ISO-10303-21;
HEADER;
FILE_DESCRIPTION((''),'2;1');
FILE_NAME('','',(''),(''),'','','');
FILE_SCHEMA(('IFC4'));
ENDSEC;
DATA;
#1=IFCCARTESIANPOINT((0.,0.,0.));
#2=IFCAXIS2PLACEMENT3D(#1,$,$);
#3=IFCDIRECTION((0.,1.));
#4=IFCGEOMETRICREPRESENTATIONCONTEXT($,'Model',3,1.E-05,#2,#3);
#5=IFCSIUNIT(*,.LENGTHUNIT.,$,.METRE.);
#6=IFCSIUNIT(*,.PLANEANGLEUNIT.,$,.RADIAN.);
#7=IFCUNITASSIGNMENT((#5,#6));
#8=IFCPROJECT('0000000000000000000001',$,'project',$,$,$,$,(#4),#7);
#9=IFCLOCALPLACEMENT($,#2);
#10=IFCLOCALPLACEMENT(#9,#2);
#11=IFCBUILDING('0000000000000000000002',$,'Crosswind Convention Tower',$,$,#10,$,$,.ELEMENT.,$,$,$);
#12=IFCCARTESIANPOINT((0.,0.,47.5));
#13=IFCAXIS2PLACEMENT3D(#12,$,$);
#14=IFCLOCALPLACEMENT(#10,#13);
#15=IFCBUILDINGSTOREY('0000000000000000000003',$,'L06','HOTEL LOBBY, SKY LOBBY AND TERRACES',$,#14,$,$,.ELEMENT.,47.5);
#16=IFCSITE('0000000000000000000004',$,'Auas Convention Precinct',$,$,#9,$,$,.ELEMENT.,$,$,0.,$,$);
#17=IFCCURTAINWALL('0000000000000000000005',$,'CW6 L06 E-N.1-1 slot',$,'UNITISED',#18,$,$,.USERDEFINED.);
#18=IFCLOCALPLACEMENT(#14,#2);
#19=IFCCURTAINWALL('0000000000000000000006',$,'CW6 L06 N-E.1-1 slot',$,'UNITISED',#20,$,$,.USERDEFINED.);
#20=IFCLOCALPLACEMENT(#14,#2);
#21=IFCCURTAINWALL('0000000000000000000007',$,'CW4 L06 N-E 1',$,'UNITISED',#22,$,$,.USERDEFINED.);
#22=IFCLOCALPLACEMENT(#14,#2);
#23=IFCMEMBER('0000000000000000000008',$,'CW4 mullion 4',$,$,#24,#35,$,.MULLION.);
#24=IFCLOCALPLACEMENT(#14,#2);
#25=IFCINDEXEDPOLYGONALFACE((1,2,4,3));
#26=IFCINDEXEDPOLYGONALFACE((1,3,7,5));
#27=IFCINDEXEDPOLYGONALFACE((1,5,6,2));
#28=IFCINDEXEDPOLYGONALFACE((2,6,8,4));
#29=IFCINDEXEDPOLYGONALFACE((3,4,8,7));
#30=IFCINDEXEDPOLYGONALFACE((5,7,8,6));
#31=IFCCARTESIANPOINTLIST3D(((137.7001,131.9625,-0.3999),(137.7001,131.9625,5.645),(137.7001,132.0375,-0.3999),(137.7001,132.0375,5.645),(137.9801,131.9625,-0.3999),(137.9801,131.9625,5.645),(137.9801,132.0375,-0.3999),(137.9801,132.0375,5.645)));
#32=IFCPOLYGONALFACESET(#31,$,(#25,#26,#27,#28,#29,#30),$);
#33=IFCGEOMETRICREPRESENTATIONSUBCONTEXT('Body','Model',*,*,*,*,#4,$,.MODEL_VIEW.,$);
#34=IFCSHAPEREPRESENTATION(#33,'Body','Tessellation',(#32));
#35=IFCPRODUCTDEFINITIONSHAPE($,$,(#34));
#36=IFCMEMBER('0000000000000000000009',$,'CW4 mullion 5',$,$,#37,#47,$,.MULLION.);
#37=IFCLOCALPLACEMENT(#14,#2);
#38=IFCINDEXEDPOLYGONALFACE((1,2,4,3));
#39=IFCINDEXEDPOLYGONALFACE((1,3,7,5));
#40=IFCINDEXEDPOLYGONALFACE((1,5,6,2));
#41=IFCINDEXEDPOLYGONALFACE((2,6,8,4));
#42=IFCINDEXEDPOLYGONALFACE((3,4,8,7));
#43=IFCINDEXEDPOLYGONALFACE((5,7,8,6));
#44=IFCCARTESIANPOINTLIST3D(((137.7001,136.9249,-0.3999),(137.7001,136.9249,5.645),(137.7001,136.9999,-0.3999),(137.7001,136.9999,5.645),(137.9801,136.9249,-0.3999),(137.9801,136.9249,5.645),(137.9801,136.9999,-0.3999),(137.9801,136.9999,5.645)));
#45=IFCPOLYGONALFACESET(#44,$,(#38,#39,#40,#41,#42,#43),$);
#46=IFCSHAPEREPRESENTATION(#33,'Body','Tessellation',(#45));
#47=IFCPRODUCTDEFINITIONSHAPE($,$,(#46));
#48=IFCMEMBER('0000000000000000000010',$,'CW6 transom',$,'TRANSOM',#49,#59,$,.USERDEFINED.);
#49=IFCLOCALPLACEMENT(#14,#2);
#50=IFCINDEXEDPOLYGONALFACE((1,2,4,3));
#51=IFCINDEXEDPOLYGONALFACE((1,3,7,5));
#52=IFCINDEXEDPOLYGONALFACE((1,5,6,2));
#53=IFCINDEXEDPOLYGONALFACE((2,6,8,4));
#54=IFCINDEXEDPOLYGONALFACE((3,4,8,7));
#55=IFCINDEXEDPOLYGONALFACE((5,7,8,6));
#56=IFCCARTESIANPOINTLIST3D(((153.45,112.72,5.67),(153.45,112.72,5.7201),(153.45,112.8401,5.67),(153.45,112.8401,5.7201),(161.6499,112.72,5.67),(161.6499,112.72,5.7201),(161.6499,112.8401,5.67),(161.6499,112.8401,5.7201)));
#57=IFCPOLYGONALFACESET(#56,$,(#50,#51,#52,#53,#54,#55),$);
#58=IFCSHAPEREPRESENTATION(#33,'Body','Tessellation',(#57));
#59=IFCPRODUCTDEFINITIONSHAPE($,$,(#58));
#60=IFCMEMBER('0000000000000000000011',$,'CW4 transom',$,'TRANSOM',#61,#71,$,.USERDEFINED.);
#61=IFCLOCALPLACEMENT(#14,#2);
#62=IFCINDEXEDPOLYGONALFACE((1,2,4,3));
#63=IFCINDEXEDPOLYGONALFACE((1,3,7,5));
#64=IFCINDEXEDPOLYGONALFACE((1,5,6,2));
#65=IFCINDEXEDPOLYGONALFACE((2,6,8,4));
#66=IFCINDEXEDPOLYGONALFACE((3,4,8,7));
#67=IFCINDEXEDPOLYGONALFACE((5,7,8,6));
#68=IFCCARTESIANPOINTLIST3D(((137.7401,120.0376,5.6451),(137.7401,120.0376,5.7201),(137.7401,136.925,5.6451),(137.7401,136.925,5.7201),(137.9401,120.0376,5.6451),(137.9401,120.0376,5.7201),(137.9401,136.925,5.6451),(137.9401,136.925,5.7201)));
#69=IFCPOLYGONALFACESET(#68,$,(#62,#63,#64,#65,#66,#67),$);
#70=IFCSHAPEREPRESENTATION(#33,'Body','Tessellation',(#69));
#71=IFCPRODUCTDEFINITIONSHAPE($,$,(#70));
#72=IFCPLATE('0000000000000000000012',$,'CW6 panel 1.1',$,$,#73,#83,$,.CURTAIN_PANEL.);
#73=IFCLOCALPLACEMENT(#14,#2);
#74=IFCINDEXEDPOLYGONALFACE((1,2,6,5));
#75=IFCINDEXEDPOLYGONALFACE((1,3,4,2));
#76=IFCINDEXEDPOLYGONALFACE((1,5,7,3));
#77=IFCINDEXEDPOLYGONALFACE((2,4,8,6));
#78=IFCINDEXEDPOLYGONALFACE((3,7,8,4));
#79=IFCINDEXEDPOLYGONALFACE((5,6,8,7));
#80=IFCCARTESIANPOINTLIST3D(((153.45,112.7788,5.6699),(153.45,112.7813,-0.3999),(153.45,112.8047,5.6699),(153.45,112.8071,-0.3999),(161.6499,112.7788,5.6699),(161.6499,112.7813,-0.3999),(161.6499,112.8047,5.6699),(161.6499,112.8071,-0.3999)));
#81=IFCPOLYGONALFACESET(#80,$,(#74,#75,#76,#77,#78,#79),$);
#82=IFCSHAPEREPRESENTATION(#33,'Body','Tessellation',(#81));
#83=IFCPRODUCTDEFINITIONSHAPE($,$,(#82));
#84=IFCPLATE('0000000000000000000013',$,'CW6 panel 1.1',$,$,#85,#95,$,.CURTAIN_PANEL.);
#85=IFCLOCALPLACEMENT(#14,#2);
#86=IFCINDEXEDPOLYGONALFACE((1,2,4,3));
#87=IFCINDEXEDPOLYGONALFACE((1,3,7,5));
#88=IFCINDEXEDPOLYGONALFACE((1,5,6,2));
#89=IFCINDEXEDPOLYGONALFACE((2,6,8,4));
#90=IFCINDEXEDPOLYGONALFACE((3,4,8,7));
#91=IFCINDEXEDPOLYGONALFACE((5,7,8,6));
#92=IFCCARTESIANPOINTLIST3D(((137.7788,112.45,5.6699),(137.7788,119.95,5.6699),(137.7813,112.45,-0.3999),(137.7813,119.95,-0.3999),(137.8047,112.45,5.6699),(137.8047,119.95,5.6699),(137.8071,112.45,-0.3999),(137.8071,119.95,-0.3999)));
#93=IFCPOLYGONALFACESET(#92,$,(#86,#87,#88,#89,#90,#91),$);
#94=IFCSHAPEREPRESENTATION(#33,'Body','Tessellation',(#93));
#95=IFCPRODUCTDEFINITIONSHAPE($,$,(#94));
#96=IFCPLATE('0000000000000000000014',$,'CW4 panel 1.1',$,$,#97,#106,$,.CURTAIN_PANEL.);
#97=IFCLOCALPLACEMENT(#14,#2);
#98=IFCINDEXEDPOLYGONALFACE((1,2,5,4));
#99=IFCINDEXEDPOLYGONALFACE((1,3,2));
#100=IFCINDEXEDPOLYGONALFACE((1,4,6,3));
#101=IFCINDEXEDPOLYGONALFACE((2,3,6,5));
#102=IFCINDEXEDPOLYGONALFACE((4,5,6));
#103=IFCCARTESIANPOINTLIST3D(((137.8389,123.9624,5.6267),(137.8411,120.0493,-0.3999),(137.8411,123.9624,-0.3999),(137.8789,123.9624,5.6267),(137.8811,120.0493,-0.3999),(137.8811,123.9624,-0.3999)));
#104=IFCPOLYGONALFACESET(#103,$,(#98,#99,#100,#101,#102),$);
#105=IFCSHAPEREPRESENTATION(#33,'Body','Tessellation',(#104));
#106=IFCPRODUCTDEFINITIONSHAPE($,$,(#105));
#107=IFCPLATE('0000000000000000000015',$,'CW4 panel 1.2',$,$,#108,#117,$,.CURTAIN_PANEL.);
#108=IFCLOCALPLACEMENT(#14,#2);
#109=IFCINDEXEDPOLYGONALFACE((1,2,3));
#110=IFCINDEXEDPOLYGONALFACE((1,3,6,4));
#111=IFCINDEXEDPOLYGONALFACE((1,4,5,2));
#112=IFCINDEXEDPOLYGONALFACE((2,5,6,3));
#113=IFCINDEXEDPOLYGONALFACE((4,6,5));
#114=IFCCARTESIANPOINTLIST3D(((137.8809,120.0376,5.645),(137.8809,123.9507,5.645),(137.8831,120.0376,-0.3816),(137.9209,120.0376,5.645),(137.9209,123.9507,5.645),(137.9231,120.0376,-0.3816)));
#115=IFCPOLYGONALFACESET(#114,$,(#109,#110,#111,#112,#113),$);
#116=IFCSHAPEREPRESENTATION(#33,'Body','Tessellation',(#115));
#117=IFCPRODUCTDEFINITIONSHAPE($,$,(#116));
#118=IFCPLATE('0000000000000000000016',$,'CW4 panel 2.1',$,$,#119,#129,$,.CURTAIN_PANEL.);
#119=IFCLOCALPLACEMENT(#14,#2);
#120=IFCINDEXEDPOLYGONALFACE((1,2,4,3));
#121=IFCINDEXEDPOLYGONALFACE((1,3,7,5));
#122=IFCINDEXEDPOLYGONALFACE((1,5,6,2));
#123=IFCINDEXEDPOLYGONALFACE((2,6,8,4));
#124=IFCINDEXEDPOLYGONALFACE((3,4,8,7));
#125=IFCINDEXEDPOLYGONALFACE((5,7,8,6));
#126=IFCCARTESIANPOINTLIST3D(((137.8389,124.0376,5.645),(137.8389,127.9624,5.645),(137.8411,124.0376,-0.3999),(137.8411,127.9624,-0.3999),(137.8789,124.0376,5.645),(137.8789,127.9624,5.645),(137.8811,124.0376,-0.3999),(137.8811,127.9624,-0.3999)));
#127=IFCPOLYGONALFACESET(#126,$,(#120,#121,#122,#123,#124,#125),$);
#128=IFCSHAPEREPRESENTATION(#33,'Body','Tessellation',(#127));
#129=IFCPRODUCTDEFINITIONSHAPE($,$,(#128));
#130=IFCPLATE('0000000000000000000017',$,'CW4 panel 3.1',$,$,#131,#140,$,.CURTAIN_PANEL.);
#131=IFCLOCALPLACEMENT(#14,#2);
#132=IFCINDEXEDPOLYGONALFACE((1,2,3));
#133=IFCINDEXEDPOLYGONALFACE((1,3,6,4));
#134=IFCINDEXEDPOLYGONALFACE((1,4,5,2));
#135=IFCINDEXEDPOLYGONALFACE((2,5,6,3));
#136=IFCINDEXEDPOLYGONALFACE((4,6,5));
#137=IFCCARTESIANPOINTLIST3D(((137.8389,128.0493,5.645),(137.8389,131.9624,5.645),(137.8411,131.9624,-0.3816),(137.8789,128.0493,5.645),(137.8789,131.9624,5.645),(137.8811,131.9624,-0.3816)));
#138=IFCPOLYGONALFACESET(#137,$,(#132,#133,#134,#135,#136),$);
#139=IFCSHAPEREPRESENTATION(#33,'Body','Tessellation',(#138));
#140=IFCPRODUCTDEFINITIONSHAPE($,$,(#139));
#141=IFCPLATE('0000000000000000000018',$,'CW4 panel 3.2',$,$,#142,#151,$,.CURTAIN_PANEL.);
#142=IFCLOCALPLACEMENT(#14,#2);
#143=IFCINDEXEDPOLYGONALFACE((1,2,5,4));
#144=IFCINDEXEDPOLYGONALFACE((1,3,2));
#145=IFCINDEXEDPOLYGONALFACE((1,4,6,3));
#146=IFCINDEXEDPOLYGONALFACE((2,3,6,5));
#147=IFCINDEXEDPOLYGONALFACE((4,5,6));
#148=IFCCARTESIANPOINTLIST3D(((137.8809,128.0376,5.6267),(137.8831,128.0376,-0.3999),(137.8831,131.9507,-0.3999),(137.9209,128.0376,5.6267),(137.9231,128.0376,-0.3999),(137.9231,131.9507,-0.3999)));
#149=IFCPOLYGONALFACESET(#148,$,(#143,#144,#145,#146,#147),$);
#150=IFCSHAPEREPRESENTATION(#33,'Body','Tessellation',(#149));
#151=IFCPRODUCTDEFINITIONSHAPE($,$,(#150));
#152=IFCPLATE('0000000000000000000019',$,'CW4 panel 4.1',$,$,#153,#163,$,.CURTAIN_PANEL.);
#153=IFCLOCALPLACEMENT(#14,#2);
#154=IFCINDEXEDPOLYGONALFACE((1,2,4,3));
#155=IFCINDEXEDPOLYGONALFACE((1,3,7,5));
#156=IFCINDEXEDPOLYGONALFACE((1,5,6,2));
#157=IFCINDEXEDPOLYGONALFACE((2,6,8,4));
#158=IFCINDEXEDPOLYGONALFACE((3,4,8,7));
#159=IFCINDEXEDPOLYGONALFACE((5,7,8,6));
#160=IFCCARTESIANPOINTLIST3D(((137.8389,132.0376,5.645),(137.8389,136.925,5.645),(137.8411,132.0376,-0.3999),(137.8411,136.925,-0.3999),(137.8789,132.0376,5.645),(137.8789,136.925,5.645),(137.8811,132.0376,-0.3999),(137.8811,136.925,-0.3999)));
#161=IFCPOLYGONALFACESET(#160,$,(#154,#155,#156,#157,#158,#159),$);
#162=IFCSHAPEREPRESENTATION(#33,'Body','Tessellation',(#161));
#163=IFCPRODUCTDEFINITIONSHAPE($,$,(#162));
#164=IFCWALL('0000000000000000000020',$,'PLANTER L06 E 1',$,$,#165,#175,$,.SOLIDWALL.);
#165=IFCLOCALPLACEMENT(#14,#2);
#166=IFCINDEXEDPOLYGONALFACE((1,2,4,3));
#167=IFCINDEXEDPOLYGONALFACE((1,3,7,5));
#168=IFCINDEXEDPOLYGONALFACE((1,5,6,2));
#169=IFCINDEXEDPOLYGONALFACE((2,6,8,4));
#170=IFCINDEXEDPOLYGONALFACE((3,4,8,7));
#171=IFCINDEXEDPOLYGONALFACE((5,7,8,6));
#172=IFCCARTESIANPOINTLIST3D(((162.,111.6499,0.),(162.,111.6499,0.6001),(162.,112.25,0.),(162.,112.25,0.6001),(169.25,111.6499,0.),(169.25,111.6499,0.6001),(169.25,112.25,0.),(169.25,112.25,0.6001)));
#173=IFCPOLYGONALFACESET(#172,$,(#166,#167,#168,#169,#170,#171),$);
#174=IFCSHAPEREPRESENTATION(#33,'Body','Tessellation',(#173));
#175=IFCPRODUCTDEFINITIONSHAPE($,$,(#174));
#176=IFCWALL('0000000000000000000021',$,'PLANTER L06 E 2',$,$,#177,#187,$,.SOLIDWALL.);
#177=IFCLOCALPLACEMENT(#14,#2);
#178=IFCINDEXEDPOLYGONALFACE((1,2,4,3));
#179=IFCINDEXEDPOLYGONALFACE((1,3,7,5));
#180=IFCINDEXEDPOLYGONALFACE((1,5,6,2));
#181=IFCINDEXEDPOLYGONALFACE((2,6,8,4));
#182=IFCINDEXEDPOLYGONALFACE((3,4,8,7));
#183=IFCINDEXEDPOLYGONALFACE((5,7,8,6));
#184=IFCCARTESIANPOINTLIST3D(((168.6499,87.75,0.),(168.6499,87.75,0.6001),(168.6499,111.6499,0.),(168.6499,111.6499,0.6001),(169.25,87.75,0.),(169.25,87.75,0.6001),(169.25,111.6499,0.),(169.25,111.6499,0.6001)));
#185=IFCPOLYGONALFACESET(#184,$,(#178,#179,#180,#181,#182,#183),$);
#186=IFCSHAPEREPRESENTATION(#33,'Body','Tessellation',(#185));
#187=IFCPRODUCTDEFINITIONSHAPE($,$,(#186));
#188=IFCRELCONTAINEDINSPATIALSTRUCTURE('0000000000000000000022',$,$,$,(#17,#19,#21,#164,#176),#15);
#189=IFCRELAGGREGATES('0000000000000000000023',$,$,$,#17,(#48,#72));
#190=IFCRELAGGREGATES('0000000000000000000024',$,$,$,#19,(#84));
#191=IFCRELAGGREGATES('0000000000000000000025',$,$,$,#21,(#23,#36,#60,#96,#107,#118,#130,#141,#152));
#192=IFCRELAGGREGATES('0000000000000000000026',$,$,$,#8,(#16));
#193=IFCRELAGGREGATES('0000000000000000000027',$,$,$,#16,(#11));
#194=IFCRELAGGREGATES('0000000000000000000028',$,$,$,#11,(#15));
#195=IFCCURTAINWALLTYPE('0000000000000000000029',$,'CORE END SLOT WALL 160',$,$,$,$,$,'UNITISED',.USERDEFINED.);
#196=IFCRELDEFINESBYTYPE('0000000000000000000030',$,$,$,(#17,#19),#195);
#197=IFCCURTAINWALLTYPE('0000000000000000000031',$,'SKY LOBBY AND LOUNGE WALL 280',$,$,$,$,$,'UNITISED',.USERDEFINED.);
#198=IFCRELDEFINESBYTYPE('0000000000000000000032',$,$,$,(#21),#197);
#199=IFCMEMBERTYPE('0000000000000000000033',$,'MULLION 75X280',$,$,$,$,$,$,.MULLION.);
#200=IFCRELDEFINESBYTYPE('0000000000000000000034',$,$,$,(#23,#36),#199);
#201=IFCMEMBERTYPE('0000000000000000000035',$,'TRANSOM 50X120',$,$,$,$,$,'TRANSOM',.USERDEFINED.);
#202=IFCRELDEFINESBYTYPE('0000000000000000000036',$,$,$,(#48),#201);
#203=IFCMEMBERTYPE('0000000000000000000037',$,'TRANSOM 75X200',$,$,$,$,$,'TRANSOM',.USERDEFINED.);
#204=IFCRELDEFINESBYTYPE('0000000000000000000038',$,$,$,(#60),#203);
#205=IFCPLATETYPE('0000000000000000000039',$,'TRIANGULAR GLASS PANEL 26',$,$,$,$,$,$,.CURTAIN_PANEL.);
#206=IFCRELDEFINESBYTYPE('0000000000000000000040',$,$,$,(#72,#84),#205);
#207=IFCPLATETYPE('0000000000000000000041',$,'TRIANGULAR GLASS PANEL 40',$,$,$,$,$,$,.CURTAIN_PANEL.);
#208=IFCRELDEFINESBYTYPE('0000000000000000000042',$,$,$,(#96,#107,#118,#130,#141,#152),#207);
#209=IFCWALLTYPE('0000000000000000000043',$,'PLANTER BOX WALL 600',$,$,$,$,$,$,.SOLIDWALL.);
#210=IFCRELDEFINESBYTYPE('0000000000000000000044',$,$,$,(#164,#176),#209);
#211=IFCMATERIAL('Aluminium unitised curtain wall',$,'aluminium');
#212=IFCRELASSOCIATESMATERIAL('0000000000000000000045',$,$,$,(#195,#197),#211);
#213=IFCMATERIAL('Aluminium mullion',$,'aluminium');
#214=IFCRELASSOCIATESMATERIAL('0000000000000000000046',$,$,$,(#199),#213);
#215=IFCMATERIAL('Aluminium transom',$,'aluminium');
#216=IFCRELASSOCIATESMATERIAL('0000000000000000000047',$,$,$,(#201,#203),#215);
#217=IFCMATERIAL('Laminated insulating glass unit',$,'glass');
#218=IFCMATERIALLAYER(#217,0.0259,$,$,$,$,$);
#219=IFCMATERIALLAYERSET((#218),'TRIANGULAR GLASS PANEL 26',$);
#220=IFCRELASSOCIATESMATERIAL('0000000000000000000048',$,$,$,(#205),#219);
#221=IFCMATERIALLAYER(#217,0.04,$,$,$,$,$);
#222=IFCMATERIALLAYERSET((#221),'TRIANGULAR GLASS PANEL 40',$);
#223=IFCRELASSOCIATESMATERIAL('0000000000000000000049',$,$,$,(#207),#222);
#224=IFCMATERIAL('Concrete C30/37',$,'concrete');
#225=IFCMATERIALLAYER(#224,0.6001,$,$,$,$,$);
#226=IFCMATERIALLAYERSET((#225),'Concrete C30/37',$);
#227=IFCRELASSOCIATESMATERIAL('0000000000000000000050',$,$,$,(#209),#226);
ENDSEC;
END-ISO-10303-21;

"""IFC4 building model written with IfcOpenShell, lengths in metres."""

from ifc_helpers import new_model, si_unit, direction, frame, frame_2d, origin, origin_2d, place, context, subcontext, project, spatial, polyline, rectangle, outline, extrude, material, layer, layer_set, material_profile, profile_set, type_object, element, aggregate, save


model = new_model("IFC4")

# Units and contexts
model_context = context("Model", 3, precision=1e-05, world=origin(), true_north=direction((0.0, 1.0)))
body_context = subcontext(model_context, "Body", "Model", "MODEL_VIEW")
ifc_project = project(units=[si_unit("LENGTHUNIT", "METRE"), si_unit("PLANEANGLEUNIT", "RADIAN")], contexts=[model_context])

# Site, building, storey
site_placement = place(None, origin())
site = spatial("IfcSite", under=ifc_project, at=site_placement, Name="Auas Convention Precinct", CompositionType="ELEMENT", RefElevation=0.0)
building_placement = place(site_placement, origin())
building = spatial("IfcBuilding", under=site, at=building_placement, Name="Crosswind Convention Tower", CompositionType="ELEMENT")
storey_placement = place(building_placement, frame((0.0, 0.0, 47.5)))
storey = spatial("IfcBuildingStorey", under=building, at=storey_placement, Name="L06", Description="HOTEL LOBBY, SKY LOBBY AND TERRACES", CompositionType="ELEMENT", Elevation=47.5)

# Curtain wall
ifc_material_1 = material(Name="Aluminium unitised curtain wall", Category="aluminium")
curtain_wall_type_1 = type_object("IfcCurtainWallType", Name="CORE END SLOT WALL 160", ElementType="UNITISED", PredefinedType="USERDEFINED", material=ifc_material_1)
curtain_wall_1_placement = place(storey_placement, origin())
curtain_wall_1 = element("IfcCurtainWall", 1, at=curtain_wall_1_placement, inside=storey, type_object=curtain_wall_type_1, Name="CW6 L06 E-N.1-1 slot", ObjectType="UNITISED", PredefinedType="USERDEFINED")
ifc_material_2 = material(Name="Aluminium mullion", Category="aluminium")

# Curtain wall
curtain_wall_2_placement = place(storey_placement, origin())
curtain_wall_2 = element("IfcCurtainWall", 2, at=curtain_wall_2_placement, inside=storey, type_object=curtain_wall_type_1, Name="CW6 L06 N-E.1-1 slot", ObjectType="UNITISED", PredefinedType="USERDEFINED")

# Curtain wall, members
curtain_wall_type_2 = type_object("IfcCurtainWallType", Name="SKY LOBBY AND LOUNGE WALL 280", ElementType="UNITISED", PredefinedType="USERDEFINED", material=ifc_material_1)
curtain_wall_3_placement = place(storey_placement, origin())
curtain_wall_3 = element("IfcCurtainWall", 3, at=curtain_wall_3_placement, inside=storey, type_object=curtain_wall_type_2, Name="CW4 L06 N-E 1", ObjectType="UNITISED", PredefinedType="USERDEFINED")
ifc_material_profile_1 = material_profile(ifc_material_2, rectangle(XDim=0.28, YDim=0.075, at=origin_2d()), Name="AL 280X75")
ifc_profile_set_1 = profile_set([ifc_material_profile_1], Name="Aluminium mullion")
member_type_1 = type_object("IfcMemberType", Name="MULLION 75X280", PredefinedType="MULLION", material=ifc_profile_set_1)
member_1_placement = place(storey_placement, frame((137.8401, 132.0, -0.3999), z_axis=(0.0, 0.0, 1.0), x_axis=(1.0, 0.0, 0.0)))
member_1 = element("IfcMember", 4, at=member_1_placement, type_object=member_type_1, Name="CW4 mullion 4", PredefinedType="MULLION", context=body_context, shape_type="SweptSolid", body=[
    extrude(rectangle(XDim=0.28, YDim=0.075, at=origin_2d()), origin(), (0.0, 0.0, 1.0), 6.0449),
])
member_2_placement = place(storey_placement, frame((137.8401, 136.9624, -0.3999), z_axis=(0.0, 0.0, 1.0), x_axis=(1.0, 0.0, 0.0)))
member_2 = element("IfcMember", 5, at=member_2_placement, type_object=member_type_1, Name="CW4 mullion 5", PredefinedType="MULLION", context=body_context, shape_type="SweptSolid", body=[
    extrude(rectangle(XDim=0.28, YDim=0.075, at=origin_2d()), origin(), (0.0, 0.0, 1.0), 6.0449),
])

# Members
ifc_material_3 = material(Name="Aluminium transom", Category="aluminium")
ifc_material_profile_2 = material_profile(ifc_material_3, rectangle(XDim=0.1201, YDim=0.05, at=origin_2d()), Name="AL 120X50")
ifc_profile_set_2 = profile_set([ifc_material_profile_2], Name="Aluminium transom")
member_type_2 = type_object("IfcMemberType", Name="TRANSOM 50X120", ElementType="TRANSOM", PredefinedType="USERDEFINED", material=ifc_profile_set_2)
member_3_placement = place(storey_placement, frame((161.6499, 112.78, 5.6951), z_axis=(-1.0, 0.0, 0.0), x_axis=(0.0, -1.0, 0.0)))
member_3 = element("IfcMember", 6, at=member_3_placement, type_object=member_type_2, Name="CW6 transom", ObjectType="TRANSOM", PredefinedType="USERDEFINED", context=body_context, shape_type="SweptSolid", body=[
    extrude(rectangle(XDim=0.1201, YDim=0.05, at=origin_2d()), origin(), (0.0, 0.0, 1.0), 8.2),
])
ifc_material_profile_3 = material_profile(ifc_material_3, rectangle(XDim=0.2, YDim=0.075, at=origin_2d()), Name="AL 200X75")
ifc_profile_set_3 = profile_set([ifc_material_profile_3], Name="Aluminium transom")
member_type_3 = type_object("IfcMemberType", Name="TRANSOM 75X200", ElementType="TRANSOM", PredefinedType="USERDEFINED", material=ifc_profile_set_3)
member_4_placement = place(storey_placement, frame((137.8401, 120.0376, 5.6826), z_axis=(0.0, 1.0, 0.0), x_axis=(-1.0, 0.0, 0.0)))
member_4 = element("IfcMember", 7, at=member_4_placement, type_object=member_type_3, Name="CW4 transom", ObjectType="TRANSOM", PredefinedType="USERDEFINED", context=body_context, shape_type="SweptSolid", body=[
    extrude(rectangle(XDim=0.2, YDim=0.075, at=origin_2d()), origin(), (0.0, 0.0, 1.0), 16.8875),
])

# Plates
ifc_material_4 = material(Name="Laminated insulating glass unit", Category="glass")
ifc_layer_1 = layer(ifc_material_4, 0.0259)
ifc_layer_set_1 = layer_set([ifc_layer_1], Name="TRIANGULAR GLASS PANEL 26")
plate_type_1 = type_object("IfcPlateType", Name="TRIANGULAR GLASS PANEL 26", PredefinedType="CURTAIN_PANEL", material=ifc_layer_set_1)
plate_1_placement = place(storey_placement, frame((161.6499, 112.8071, -0.3999), z_axis=(0.0, 1.0, 0.000402), x_axis=(-1.0, 0.0, 0.0)))
plate_1 = element("IfcPlate", 8, at=plate_1_placement, type_object=plate_type_1, Name="CW6 panel 1.1", PredefinedType="CURTAIN_PANEL", context=body_context, shape_type="SweptSolid", body=[
    extrude(outline(polyline([(0.0, 0.0), (8.2, 0.0), (8.2, 6.0698), (0.0, 6.0698), (0.0, 0.0)])), origin(), (0.0, 0.0, -1.0), 0.0259),
])
aggregate(curtain_wall_1, [member_3, plate_1])
plate_2_placement = place(storey_placement, frame((137.8071, 112.45, -0.3999), z_axis=(1.0, 0.0, 0.000402), x_axis=(0.0, 1.0, 0.0)))
plate_2 = element("IfcPlate", 9, at=plate_2_placement, type_object=plate_type_1, Name="CW6 panel 1.1", PredefinedType="CURTAIN_PANEL", context=body_context, shape_type="SweptSolid", body=[
    extrude(outline(polyline([(0.0, 0.0), (7.5, 0.0), (7.5, 6.0698), (0.0, 6.0698), (0.0, 0.0)])), origin(), (0.0, 0.0, -1.0), 0.0259),
])
aggregate(curtain_wall_2, [plate_2])
ifc_layer_2 = layer(ifc_material_4, 0.04)
ifc_layer_set_2 = layer_set([ifc_layer_2], Name="TRIANGULAR GLASS PANEL 40")
plate_type_2 = type_object("IfcPlateType", Name="TRIANGULAR GLASS PANEL 40", PredefinedType="CURTAIN_PANEL", material=ifc_layer_set_2)
plate_3_placement = place(storey_placement, frame((137.8811, 123.9624, -0.3999), z_axis=(1.0, 0.0, 0.000365), x_axis=(-0.000365, 0.0, 1.0)))
plate_3 = element("IfcPlate", 10, at=plate_3_placement, type_object=plate_type_2, Name="CW4 panel 1.1", PredefinedType="CURTAIN_PANEL", context=body_context, shape_type="SweptSolid", body=[
    extrude(outline(polyline([(0.0, 0.0), (6.0266, 0.0), (0.0, 3.9131), (0.0, 0.0)])), origin(), (0.0, 0.0, -1.0), 0.04),
])
plate_4_placement = place(storey_placement, frame((137.9209, 120.0376, 5.645), z_axis=(1.0, 0.0, 0.000365), x_axis=(0.000365, 0.0, -1.0)))
plate_4 = element("IfcPlate", 11, at=plate_4_placement, type_object=plate_type_2, Name="CW4 panel 1.2", PredefinedType="CURTAIN_PANEL", context=body_context, shape_type="SweptSolid", body=[
    extrude(outline(polyline([(0.0, 0.0), (6.0266, 0.0), (0.0, 3.9131), (0.0, 0.0)])), origin(), (0.0, 0.0, -1.0), 0.04),
])
plate_5_placement = place(storey_placement, frame((137.8811, 124.0376, -0.3999), z_axis=(1.0, 0.0, 0.000363), x_axis=(0.0, 1.0, 0.0)))
plate_5 = element("IfcPlate", 12, at=plate_5_placement, type_object=plate_type_2, Name="CW4 panel 2.1", PredefinedType="CURTAIN_PANEL", context=body_context, shape_type="SweptSolid", body=[
    extrude(outline(polyline([(0.0, 0.0), (3.9248, 0.0), (3.9248, 6.0449), (0.0, 6.0449), (0.0, 0.0)])), origin(), (0.0, 0.0, -1.0), 0.04),
])
plate_6_placement = place(storey_placement, frame((137.8789, 131.9624, 5.645), z_axis=(1.0, 0.0, 0.000365), x_axis=(0.0, -1.0, 0.0)))
plate_6 = element("IfcPlate", 13, at=plate_6_placement, type_object=plate_type_2, Name="CW4 panel 3.1", PredefinedType="CURTAIN_PANEL", context=body_context, shape_type="SweptSolid", body=[
    extrude(outline(polyline([(0.0, 0.0), (3.9131, 0.0), (0.0, 6.0266), (0.0, 0.0)])), origin(), (0.0, 0.0, -1.0), 0.04),
])
plate_7_placement = place(storey_placement, frame((137.9231, 128.0376, -0.3999), z_axis=(1.0, 0.0, 0.000365), x_axis=(0.0, 1.0, 0.0)))
plate_7 = element("IfcPlate", 14, at=plate_7_placement, type_object=plate_type_2, Name="CW4 panel 3.2", PredefinedType="CURTAIN_PANEL", context=body_context, shape_type="SweptSolid", body=[
    extrude(outline(polyline([(0.0, 0.0), (3.9131, 0.0), (0.0, 6.0266), (0.0, 0.0)])), origin(), (0.0, 0.0, -1.0), 0.04),
])
plate_8_placement = place(storey_placement, frame((137.8811, 132.0376, -0.3999), z_axis=(1.0, 0.0, 0.000363), x_axis=(0.0, 1.0, 0.0)))
plate_8 = element("IfcPlate", 15, at=plate_8_placement, type_object=plate_type_2, Name="CW4 panel 4.1", PredefinedType="CURTAIN_PANEL", context=body_context, shape_type="SweptSolid", body=[
    extrude(outline(polyline([(0.0, 0.0), (4.8875, 0.0), (4.8875, 6.0449), (0.0, 6.0449), (0.0, 0.0)])), origin(), (0.0, 0.0, -1.0), 0.04),
])

# Walls
ifc_material_5 = material(Name="Concrete C30/37", Category="concrete")
ifc_layer_3 = layer(ifc_material_5, 0.6001)
ifc_layer_set_3 = layer_set([ifc_layer_3], Name="Concrete C30/37")
wall_type_1 = type_object("IfcWallType", Name="PLANTER BOX WALL 600", PredefinedType="SOLIDWALL", material=ifc_layer_set_3)
wall_1_placement = place(storey_placement, frame((162.0, 111.95, 0.0), z_axis=(0.0, 0.0, 1.0), x_axis=(1.0, 0.0, 0.0)))
element("IfcWall", 16, at=wall_1_placement, inside=storey, type_object=wall_type_1, Name="PLANTER L06 E 1", PredefinedType="SOLIDWALL", context=body_context, shape_type="SweptSolid", body=[
    extrude(rectangle(XDim=7.25, YDim=0.6001, at=frame_2d((3.625, 0.0))), origin(), (0.0, 0.0, 1.0), 0.6001),
])
wall_2_placement = place(storey_placement, frame((168.95, 111.6499, 0.0), z_axis=(0.0, 0.0, 1.0), x_axis=(0.0, -1.0, 0.0)))
element("IfcWall", 17, at=wall_2_placement, inside=storey, type_object=wall_type_1, Name="PLANTER L06 E 2", PredefinedType="SOLIDWALL", context=body_context, shape_type="SweptSolid", body=[
    extrude(rectangle(XDim=23.8999, YDim=0.6001, at=frame_2d((11.95, 0.0))), origin(), (0.0, 0.0, 1.0), 0.6001),
])

aggregate(curtain_wall_3, [member_1, member_2, member_4, plate_3, plate_4, plate_5, plate_6, plate_7, plate_8])

save(model, "model.ifc")
